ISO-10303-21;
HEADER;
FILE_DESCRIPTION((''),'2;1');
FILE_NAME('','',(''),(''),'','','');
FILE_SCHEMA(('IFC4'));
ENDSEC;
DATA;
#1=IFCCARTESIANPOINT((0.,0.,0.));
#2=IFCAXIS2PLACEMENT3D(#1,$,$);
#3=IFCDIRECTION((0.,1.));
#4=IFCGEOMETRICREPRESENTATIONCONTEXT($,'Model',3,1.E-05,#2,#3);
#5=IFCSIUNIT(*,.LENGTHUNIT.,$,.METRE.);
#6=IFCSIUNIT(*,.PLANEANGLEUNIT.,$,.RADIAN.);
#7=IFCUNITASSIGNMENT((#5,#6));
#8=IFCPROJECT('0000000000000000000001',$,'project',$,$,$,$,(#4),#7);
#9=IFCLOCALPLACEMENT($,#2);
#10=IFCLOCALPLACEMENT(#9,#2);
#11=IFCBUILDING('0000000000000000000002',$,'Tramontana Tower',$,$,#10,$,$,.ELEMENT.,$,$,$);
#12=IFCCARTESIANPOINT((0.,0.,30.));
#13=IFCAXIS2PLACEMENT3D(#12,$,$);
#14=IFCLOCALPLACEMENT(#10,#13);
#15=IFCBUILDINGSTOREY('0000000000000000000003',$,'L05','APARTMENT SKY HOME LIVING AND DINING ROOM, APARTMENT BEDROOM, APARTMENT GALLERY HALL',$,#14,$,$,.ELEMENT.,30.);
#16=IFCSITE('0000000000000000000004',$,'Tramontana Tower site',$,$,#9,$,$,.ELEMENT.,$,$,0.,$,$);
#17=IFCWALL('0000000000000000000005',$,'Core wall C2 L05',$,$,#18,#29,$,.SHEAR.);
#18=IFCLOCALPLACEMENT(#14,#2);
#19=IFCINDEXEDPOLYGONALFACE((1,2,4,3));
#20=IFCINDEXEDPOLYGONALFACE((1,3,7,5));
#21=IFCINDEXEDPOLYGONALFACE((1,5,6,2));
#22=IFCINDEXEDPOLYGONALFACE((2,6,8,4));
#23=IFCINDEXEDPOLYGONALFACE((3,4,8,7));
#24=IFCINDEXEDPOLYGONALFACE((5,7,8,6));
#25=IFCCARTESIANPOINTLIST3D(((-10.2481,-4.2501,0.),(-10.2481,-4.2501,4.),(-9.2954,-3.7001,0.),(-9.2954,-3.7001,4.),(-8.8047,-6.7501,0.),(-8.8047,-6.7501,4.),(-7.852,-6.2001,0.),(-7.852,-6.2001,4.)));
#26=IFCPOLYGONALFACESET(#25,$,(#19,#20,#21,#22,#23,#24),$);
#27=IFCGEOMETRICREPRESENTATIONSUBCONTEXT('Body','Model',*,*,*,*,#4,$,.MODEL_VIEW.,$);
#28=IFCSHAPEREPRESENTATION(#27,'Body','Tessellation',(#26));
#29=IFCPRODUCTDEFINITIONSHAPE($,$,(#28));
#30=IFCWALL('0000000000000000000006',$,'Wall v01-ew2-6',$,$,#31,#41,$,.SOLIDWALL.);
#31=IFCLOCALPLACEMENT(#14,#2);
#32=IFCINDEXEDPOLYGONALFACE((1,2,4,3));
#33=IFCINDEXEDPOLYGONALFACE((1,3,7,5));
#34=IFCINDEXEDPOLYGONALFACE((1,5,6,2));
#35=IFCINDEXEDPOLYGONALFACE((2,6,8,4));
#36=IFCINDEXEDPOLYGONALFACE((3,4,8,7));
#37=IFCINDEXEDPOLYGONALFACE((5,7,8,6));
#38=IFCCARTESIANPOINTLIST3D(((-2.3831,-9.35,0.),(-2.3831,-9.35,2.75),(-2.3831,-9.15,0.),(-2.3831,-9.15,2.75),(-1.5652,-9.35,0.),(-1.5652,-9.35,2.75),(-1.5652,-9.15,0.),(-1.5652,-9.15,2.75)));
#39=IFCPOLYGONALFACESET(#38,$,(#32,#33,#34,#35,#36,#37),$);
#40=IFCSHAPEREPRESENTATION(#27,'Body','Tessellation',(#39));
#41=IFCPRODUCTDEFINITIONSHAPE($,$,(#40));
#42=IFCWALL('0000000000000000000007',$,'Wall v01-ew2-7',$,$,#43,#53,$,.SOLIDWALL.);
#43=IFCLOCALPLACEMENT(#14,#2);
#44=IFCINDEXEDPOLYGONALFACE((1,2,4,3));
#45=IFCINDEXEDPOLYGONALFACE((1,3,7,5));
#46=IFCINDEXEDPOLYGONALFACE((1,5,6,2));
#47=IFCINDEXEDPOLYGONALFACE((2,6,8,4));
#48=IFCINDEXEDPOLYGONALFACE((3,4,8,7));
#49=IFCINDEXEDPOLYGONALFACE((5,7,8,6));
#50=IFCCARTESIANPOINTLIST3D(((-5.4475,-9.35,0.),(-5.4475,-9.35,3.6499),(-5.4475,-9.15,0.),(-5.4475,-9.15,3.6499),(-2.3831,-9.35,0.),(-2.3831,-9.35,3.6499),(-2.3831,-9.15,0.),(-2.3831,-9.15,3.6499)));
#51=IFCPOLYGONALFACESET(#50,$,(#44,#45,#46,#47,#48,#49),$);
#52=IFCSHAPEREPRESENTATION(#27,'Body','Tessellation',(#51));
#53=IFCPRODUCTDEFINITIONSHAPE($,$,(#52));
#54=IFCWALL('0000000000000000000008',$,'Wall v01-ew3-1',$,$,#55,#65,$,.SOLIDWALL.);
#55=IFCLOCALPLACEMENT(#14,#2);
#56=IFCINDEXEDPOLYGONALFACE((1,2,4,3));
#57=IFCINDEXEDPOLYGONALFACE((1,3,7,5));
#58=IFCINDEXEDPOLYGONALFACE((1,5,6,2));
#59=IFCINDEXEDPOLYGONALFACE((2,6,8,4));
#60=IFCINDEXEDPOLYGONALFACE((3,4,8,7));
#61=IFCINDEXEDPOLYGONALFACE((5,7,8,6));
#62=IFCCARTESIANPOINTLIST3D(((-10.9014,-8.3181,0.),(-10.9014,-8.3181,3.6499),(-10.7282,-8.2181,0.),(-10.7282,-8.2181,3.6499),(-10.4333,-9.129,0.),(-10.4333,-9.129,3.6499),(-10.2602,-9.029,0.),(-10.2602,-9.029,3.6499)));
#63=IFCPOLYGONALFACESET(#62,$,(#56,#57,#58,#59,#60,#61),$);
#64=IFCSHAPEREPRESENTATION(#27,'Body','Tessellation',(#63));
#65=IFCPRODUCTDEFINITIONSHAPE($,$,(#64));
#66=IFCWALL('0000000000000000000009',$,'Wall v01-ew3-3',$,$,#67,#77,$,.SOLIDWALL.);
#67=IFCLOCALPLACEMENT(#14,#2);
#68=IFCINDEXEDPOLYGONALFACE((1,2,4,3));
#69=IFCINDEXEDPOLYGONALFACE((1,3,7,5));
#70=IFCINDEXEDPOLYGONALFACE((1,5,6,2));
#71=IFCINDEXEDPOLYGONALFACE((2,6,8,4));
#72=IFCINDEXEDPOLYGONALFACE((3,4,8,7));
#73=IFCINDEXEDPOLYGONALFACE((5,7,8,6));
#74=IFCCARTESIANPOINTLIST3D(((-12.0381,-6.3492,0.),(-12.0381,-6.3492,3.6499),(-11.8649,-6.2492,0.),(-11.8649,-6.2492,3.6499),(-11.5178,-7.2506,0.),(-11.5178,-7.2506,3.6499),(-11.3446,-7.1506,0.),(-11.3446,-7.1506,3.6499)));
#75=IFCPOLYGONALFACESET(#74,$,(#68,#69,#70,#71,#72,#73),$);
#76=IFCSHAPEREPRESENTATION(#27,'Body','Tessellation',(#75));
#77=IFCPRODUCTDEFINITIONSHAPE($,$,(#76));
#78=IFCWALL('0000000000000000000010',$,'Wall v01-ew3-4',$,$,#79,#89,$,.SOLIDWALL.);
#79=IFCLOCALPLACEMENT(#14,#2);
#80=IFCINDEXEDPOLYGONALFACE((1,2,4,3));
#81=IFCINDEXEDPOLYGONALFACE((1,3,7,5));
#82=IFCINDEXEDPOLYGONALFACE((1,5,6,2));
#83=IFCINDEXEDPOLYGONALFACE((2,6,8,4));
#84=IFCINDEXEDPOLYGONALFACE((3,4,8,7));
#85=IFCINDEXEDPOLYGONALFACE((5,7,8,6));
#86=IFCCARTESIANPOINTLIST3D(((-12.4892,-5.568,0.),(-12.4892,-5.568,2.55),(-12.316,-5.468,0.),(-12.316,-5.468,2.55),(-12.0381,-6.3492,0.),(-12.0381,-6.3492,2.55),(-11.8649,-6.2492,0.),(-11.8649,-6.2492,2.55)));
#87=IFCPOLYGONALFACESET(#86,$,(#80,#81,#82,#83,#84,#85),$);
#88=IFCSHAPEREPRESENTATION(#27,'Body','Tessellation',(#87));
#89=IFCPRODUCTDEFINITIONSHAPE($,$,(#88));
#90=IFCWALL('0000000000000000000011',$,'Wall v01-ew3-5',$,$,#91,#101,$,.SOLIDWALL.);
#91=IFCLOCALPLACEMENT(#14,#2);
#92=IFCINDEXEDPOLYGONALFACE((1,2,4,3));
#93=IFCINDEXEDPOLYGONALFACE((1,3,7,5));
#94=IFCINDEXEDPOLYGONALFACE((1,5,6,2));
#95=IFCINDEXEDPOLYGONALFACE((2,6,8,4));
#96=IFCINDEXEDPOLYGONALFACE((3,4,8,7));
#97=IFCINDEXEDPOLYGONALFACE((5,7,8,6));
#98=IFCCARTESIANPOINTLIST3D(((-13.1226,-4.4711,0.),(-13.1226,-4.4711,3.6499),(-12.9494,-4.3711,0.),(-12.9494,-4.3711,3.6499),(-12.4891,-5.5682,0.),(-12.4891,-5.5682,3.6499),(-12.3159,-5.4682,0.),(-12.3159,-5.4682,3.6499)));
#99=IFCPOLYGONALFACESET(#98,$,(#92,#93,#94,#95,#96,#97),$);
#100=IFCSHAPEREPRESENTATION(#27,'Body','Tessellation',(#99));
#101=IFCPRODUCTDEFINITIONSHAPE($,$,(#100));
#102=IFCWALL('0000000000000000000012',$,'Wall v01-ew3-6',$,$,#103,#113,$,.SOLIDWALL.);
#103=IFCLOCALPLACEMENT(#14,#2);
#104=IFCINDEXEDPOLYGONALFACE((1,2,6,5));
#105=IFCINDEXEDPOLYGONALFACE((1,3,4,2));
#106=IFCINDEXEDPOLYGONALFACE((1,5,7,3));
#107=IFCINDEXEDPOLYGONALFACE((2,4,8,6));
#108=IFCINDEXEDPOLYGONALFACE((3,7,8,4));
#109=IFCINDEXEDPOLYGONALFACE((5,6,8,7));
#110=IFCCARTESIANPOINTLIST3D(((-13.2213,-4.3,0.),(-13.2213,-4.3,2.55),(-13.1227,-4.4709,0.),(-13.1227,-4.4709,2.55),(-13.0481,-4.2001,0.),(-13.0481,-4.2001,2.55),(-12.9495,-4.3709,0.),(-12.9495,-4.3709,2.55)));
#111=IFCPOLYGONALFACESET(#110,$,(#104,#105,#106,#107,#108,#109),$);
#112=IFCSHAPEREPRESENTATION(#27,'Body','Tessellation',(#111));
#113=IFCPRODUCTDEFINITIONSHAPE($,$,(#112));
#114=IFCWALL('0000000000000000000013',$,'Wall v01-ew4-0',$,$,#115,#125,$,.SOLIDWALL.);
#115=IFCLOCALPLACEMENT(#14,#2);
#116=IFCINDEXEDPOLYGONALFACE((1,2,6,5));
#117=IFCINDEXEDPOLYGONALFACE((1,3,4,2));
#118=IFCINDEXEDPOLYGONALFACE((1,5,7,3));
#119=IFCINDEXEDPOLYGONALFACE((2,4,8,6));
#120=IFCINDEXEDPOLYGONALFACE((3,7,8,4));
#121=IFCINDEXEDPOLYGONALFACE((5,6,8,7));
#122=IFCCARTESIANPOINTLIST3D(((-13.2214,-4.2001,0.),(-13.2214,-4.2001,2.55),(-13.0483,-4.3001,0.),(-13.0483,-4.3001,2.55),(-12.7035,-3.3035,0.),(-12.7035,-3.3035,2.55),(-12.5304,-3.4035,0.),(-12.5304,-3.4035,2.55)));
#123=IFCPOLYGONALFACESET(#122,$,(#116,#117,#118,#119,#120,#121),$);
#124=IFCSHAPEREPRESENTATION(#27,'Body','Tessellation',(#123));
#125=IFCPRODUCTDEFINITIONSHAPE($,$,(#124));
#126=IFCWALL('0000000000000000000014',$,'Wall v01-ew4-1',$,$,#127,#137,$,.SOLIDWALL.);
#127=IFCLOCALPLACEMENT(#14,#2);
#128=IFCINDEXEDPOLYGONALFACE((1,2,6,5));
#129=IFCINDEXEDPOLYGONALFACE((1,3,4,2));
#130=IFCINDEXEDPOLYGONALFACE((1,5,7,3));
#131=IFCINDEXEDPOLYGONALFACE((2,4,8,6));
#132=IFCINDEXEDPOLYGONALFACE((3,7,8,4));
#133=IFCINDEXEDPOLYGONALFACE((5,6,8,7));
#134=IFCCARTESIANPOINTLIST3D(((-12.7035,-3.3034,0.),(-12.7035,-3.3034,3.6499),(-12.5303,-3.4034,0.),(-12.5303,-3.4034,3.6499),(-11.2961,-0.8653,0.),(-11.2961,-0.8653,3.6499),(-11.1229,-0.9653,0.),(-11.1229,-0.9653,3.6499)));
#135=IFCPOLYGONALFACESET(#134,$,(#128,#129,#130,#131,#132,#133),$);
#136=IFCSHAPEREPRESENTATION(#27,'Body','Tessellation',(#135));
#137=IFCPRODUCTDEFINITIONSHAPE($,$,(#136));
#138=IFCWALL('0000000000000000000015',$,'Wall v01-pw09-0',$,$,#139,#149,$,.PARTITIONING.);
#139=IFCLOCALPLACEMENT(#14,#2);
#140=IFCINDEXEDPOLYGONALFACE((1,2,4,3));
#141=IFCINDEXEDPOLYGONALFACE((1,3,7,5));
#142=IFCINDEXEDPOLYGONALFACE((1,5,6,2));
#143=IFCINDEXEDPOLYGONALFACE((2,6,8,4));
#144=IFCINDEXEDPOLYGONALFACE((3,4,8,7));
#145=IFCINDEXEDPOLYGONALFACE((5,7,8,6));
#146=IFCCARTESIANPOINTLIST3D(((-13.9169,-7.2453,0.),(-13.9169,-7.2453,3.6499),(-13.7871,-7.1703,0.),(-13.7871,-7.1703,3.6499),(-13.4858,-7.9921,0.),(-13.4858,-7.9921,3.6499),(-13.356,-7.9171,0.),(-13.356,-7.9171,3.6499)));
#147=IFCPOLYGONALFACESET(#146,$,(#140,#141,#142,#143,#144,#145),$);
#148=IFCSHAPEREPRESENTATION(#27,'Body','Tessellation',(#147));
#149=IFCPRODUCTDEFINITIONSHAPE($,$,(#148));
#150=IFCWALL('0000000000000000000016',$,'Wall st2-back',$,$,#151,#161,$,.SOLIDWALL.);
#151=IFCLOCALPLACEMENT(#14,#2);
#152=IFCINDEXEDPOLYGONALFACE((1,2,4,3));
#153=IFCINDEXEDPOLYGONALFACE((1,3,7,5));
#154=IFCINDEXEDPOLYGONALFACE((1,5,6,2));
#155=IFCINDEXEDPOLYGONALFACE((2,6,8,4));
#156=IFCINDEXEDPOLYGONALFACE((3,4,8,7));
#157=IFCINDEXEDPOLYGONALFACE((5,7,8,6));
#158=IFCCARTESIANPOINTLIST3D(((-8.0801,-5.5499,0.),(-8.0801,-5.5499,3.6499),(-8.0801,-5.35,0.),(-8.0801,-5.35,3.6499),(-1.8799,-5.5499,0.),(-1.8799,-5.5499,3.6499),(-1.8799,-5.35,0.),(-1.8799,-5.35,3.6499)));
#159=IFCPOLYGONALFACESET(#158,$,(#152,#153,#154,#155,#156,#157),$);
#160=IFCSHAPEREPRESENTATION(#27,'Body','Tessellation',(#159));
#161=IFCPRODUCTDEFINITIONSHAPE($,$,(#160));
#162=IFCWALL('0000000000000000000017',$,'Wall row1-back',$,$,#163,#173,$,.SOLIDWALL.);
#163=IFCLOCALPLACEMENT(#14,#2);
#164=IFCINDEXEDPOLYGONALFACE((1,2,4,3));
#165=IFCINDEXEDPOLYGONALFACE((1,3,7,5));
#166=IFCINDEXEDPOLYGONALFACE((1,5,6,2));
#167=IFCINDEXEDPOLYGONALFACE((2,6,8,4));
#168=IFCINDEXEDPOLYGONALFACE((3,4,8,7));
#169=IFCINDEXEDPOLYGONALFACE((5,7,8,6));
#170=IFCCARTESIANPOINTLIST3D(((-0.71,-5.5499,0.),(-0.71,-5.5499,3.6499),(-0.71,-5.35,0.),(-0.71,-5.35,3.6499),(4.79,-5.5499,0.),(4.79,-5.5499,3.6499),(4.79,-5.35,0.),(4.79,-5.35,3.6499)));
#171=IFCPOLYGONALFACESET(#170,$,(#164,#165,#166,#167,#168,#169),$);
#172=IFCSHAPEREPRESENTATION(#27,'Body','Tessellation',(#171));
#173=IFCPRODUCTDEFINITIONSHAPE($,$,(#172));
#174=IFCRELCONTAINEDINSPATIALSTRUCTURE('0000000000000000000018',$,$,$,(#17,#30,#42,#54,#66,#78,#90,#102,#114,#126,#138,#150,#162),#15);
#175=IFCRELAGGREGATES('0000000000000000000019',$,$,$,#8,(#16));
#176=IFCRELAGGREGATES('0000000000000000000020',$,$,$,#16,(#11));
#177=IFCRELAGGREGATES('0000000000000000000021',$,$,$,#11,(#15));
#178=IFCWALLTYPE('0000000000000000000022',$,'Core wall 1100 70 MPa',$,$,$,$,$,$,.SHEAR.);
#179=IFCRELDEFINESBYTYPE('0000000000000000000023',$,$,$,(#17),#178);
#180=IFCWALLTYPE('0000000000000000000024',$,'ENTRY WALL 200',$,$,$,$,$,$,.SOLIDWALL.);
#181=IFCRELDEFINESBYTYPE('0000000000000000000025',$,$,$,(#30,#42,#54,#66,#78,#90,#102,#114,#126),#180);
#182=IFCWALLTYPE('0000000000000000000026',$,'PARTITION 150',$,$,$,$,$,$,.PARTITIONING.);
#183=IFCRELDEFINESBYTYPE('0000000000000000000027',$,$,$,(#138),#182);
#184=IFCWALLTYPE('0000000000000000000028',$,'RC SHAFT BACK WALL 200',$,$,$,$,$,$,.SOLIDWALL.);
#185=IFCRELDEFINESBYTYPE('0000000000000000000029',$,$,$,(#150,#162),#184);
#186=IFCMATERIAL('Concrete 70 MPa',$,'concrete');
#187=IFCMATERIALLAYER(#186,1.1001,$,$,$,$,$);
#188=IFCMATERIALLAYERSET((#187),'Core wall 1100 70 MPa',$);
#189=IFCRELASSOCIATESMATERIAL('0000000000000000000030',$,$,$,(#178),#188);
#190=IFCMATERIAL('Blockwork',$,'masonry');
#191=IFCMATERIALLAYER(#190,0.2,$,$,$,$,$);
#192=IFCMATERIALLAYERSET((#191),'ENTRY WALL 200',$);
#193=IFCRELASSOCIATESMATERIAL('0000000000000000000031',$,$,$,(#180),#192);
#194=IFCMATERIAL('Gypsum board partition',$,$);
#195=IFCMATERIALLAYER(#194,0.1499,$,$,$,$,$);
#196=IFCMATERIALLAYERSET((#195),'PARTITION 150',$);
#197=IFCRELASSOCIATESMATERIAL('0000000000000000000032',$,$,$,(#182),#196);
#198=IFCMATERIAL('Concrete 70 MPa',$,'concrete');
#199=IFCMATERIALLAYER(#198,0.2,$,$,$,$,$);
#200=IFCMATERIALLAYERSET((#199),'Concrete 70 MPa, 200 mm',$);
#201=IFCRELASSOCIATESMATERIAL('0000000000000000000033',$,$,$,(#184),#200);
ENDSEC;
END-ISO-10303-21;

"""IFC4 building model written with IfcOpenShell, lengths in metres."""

from ifc_helpers import new_model, si_unit, direction, frame, frame_2d, origin, place, context, subcontext, project, spatial, rectangle, extrude, material, layer, layer_set, type_object, element, save


model = new_model("IFC4")

# Units and contexts
model_context = context("Model", 3, precision=1e-05, world=origin(), true_north=direction((0.0, 1.0)))
body_context = subcontext(model_context, "Body", "Model", "MODEL_VIEW")
ifc_project = project(units=[si_unit("LENGTHUNIT", "METRE"), si_unit("PLANEANGLEUNIT", "RADIAN")], contexts=[model_context])

# Site, building, storey
site_placement = place(None, origin())
site = spatial("IfcSite", under=ifc_project, at=site_placement, Name="Tramontana Tower site", CompositionType="ELEMENT", RefElevation=0.0)
building_placement = place(site_placement, origin())
building = spatial("IfcBuilding", under=site, at=building_placement, Name="Tramontana Tower", CompositionType="ELEMENT")
storey_placement = place(building_placement, frame((0.0, 0.0, 30.0)))
storey = spatial("IfcBuildingStorey", under=building, at=storey_placement, Name="L05", Description="APARTMENT SKY HOME LIVING AND DINING ROOM, APARTMENT BEDROOM, APARTMENT GALLERY HALL", CompositionType="ELEMENT", Elevation=30.0)

# Wall
ifc_material_1 = material(Name="Concrete 70 MPa", Category="concrete")
ifc_layer_1 = layer(ifc_material_1, 1.1001)
ifc_layer_set_1 = layer_set([ifc_layer_1], Name="Core wall 1100 70 MPa")
wall_type_1 = type_object("IfcWallType", Name="Core wall 1100 70 MPa", PredefinedType="SHEAR", material=ifc_layer_set_1)
wall_1_placement = place(storey_placement, frame((-9.7717, -3.9751, 0.0), z_axis=(0.0, 0.0, 1.0), x_axis=(0.499996, -0.866028, 0.0)))
element("IfcWall", 1, at=wall_1_placement, inside=storey, type_object=wall_type_1, Name="Core wall C2 L05", PredefinedType="SHEAR", context=body_context, shape_type="SweptSolid", body=[
    extrude(rectangle(XDim=2.8867, YDim=1.1001, at=frame_2d((1.4434, 0.0))), origin(), (0.0, 0.0, 1.0), 4.0),
])

# Walls
ifc_material_2 = material(Name="Blockwork", Category="masonry")
ifc_layer_2 = layer(ifc_material_2, 0.2)
ifc_layer_set_2 = layer_set([ifc_layer_2], Name="ENTRY WALL 200")
wall_type_2 = type_object("IfcWallType", Name="ENTRY WALL 200", PredefinedType="SOLIDWALL", material=ifc_layer_set_2)
wall_2_placement = place(storey_placement, frame((-1.5652, -9.25, 0.0), z_axis=(0.0, 0.0, 1.0), x_axis=(-1.0, 0.0, 0.0)))
element("IfcWall", 2, at=wall_2_placement, inside=storey, type_object=wall_type_2, Name="Wall v01-ew2-6", PredefinedType="SOLIDWALL", context=body_context, shape_type="SweptSolid", body=[
    extrude(rectangle(XDim=0.8179, YDim=0.2, at=frame_2d((0.4089, 0.0))), origin(), (0.0, 0.0, 1.0), 2.75),
])
wall_3_placement = place(storey_placement, frame((-2.3831, -9.25, 0.0), z_axis=(0.0, 0.0, 1.0), x_axis=(-1.0, 0.0, 0.0)))
element("IfcWall", 3, at=wall_3_placement, inside=storey, type_object=wall_type_2, Name="Wall v01-ew2-7", PredefinedType="SOLIDWALL", context=body_context, shape_type="SweptSolid", body=[
    extrude(rectangle(XDim=3.0645, YDim=0.2, at=frame_2d((1.5322, 0.0))), origin(), (0.0, 0.0, 1.0), 3.6499),
])
wall_4_placement = place(storey_placement, frame((-10.3467, -9.0791, 0.0), z_axis=(0.0, 0.0, 1.0), x_axis=(-0.499926, 0.866068, 0.0)))
element("IfcWall", 4, at=wall_4_placement, inside=storey, type_object=wall_type_2, Name="Wall v01-ew3-1", PredefinedType="SOLIDWALL", context=body_context, shape_type="SweptSolid", body=[
    extrude(rectangle(XDim=0.9363, YDim=0.2, at=frame_2d((0.4683, 0.0))), origin(), (0.0, 0.0, 1.0), 3.6499),
])

# Walls
wall_5_placement = place(storey_placement, frame((-11.4312, -7.2007, 0.0), z_axis=(0.0, 0.0, 1.0), x_axis=(-0.499898, 0.866084, 0.0)))
element("IfcWall", 5, at=wall_5_placement, inside=storey, type_object=wall_type_2, Name="Wall v01-ew3-3", PredefinedType="SOLIDWALL", context=body_context, shape_type="SweptSolid", body=[
    extrude(rectangle(XDim=1.0408, YDim=0.2, at=frame_2d((0.5205, 0.0))), origin(), (0.0, 0.0, 1.0), 3.6499),
])
wall_6_placement = place(storey_placement, frame((-11.9514, -6.2993, 0.0), z_axis=(0.0, 0.0, 1.0), x_axis=(-0.500097, 0.865969, 0.0)))
element("IfcWall", 6, at=wall_6_placement, inside=storey, type_object=wall_type_2, Name="Wall v01-ew3-4", PredefinedType="SOLIDWALL", context=body_context, shape_type="SweptSolid", body=[
    extrude(rectangle(XDim=0.9021, YDim=0.2, at=frame_2d((0.4512, 0.0))), origin(), (0.0, 0.0, 1.0), 2.55),
])
wall_7_placement = place(storey_placement, frame((-12.4026, -5.5181, 0.0), z_axis=(0.0, 0.0, 1.0), x_axis=(-0.500056, 0.865993, 0.0)))
element("IfcWall", 7, at=wall_7_placement, inside=storey, type_object=wall_type_2, Name="Wall v01-ew3-5", PredefinedType="SOLIDWALL", context=body_context, shape_type="SweptSolid", body=[
    extrude(rectangle(XDim=1.2668, YDim=0.2, at=frame_2d((0.6333, 0.0))), origin(), (0.0, 0.0, 1.0), 3.6499),
])
wall_8_placement = place(storey_placement, frame((-13.0361, -4.4209, 0.0), z_axis=(0.0, 0.0, 1.0), x_axis=(-0.499865, 0.866103, 0.0)))
element("IfcWall", 8, at=wall_8_placement, inside=storey, type_object=wall_type_2, Name="Wall v01-ew3-6", PredefinedType="SOLIDWALL", context=body_context, shape_type="SweptSolid", body=[
    extrude(rectangle(XDim=0.1973, YDim=0.2, at=frame_2d((0.0986, 0.0))), origin(), (0.0, 0.0, 1.0), 2.55),
])
wall_9_placement = place(storey_placement, frame((-13.1348, -4.25, 0.0), z_axis=(0.0, 0.0, 1.0), x_axis=(0.500172, 0.865926, 0.0)))
element("IfcWall", 9, at=wall_9_placement, inside=storey, type_object=wall_type_2, Name="Wall v01-ew4-0", PredefinedType="SOLIDWALL", context=body_context, shape_type="SweptSolid", body=[
    extrude(rectangle(XDim=1.0354, YDim=0.2, at=frame_2d((0.5176, 0.0))), origin(), (0.0, 0.0, 1.0), 2.55),
])
wall_10_placement = place(storey_placement, frame((-12.6169, -3.3535, 0.0), z_axis=(0.0, 0.0, 1.0), x_axis=(0.499935, 0.866063, 0.0)))
element("IfcWall", 10, at=wall_10_placement, inside=storey, type_object=wall_type_2, Name="Wall v01-ew4-1", PredefinedType="SOLIDWALL", context=body_context, shape_type="SweptSolid", body=[
    extrude(rectangle(XDim=2.8152, YDim=0.2, at=frame_2d((1.4077, 0.0))), origin(), (0.0, 0.0, 1.0), 3.6499),
])
ifc_material_3 = material(Name="Gypsum board partition")
ifc_layer_3 = layer(ifc_material_3, 0.1499)
ifc_layer_set_3 = layer_set([ifc_layer_3], Name="PARTITION 150")
wall_type_3 = type_object("IfcWallType", Name="PARTITION 150", PredefinedType="PARTITIONING", material=ifc_layer_set_3)
wall_11_placement = place(storey_placement, frame((-13.4209, -7.9546, 0.0), z_axis=(0.0, 0.0, 1.0), x_axis=(-0.499976, 0.866039, 0.0)))
element("IfcWall", 11, at=wall_11_placement, inside=storey, type_object=wall_type_3, Name="Wall v01-pw09-0", PredefinedType="PARTITIONING", context=body_context, shape_type="SweptSolid", body=[
    extrude(rectangle(XDim=0.8623, YDim=0.1499, at=frame_2d((0.4312, 0.0))), origin(), (0.0, 0.0, 1.0), 3.6499),
])
ifc_material_4 = material(Name="Concrete 70 MPa", Category="concrete")
ifc_layer_4 = layer(ifc_material_4, 0.2)
ifc_layer_set_4 = layer_set([ifc_layer_4], Name="Concrete 70 MPa, 200 mm")
wall_type_4 = type_object("IfcWallType", Name="RC SHAFT BACK WALL 200", PredefinedType="SOLIDWALL", material=ifc_layer_set_4)
wall_12_placement = place(storey_placement, frame((-8.0801, -5.45, 0.0), z_axis=(0.0, 0.0, 1.0), x_axis=(1.0, 0.0, 0.0)))
element("IfcWall", 12, at=wall_12_placement, inside=storey, type_object=wall_type_4, Name="Wall st2-back", PredefinedType="SOLIDWALL", context=body_context, shape_type="SweptSolid", body=[
    extrude(rectangle(XDim=6.2002, YDim=0.2, at=frame_2d((3.1001, 0.0))), origin(), (0.0, 0.0, 1.0), 3.6499),
])
wall_13_placement = place(storey_placement, frame((-0.71, -5.45, 0.0), z_axis=(0.0, 0.0, 1.0), x_axis=(1.0, 0.0, 0.0)))
element("IfcWall", 13, at=wall_13_placement, inside=storey, type_object=wall_type_4, Name="Wall row1-back", PredefinedType="SOLIDWALL", context=body_context, shape_type="SweptSolid", body=[
    extrude(rectangle(XDim=5.5, YDim=0.2, at=frame_2d((2.75, 0.0))), origin(), (0.0, 0.0, 1.0), 3.6499),
])

save(model, "model.ifc")
